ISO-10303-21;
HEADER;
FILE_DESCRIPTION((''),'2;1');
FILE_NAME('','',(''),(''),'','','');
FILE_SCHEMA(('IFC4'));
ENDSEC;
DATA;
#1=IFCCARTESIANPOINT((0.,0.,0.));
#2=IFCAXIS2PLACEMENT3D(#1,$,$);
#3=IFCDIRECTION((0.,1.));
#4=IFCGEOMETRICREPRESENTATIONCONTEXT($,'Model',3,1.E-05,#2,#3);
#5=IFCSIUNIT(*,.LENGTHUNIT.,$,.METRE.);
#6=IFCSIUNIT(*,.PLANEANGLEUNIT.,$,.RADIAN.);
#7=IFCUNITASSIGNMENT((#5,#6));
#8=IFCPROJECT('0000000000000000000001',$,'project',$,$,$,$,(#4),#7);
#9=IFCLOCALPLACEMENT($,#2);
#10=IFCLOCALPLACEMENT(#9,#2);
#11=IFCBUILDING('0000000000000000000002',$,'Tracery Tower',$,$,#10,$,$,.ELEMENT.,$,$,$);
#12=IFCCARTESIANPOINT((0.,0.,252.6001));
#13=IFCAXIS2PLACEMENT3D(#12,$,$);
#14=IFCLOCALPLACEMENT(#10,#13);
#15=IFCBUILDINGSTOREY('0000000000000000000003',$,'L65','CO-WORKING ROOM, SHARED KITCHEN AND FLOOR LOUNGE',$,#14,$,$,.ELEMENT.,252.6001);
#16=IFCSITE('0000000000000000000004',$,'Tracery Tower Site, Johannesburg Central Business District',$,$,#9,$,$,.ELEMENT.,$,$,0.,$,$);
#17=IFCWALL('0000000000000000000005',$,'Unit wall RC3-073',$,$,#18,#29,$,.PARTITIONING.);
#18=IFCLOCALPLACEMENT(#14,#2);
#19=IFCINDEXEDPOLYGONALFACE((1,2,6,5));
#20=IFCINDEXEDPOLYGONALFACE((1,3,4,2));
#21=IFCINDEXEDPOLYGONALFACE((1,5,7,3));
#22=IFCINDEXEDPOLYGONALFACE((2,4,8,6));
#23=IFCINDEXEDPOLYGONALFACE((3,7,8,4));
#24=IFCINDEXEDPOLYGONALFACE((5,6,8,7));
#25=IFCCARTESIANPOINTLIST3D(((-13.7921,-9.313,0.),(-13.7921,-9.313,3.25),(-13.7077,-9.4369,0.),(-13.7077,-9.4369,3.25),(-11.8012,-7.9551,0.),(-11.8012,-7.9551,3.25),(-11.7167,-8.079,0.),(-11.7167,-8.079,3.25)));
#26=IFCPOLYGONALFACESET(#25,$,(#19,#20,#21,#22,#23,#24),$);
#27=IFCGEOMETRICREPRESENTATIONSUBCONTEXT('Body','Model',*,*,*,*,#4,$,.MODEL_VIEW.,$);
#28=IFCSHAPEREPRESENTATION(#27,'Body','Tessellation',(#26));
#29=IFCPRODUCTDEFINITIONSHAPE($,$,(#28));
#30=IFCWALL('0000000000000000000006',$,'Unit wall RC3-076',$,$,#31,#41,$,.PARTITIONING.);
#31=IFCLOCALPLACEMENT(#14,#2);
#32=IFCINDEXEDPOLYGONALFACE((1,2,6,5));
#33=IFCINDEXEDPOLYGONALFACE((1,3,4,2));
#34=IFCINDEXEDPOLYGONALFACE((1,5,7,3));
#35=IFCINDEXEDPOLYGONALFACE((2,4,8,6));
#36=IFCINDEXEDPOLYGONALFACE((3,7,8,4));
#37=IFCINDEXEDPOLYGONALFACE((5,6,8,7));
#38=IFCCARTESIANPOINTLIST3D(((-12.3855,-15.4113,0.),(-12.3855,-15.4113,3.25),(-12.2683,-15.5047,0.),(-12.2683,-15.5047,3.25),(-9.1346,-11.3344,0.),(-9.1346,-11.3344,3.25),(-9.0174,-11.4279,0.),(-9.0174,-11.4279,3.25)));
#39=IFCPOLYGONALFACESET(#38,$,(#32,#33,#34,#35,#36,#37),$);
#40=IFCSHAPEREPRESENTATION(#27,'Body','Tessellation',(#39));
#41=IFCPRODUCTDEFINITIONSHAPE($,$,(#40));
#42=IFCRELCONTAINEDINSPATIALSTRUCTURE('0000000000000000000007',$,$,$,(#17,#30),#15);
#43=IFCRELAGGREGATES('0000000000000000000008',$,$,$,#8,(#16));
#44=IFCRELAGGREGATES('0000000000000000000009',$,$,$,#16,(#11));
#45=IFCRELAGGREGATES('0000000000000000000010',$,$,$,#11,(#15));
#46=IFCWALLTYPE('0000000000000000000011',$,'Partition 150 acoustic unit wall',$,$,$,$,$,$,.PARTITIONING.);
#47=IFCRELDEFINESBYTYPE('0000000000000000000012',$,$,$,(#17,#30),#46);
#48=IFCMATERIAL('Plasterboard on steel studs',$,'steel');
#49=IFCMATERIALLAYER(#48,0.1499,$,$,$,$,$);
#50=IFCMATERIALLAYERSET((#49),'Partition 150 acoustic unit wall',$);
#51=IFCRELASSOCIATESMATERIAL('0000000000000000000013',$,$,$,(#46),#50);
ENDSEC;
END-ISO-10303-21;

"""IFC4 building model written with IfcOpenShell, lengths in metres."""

from ifc_helpers import new_model, si_unit, direction, frame, frame_2d, origin, place, context, subcontext, project, spatial, rectangle, extrude, material, layer, layer_set, type_object, element, save


model = new_model("IFC4")

# Units and contexts
model_context = context("Model", 3, precision=1e-05, world=origin(), true_north=direction((0.0, 1.0)))
body_context = subcontext(model_context, "Body", "Model", "MODEL_VIEW")
ifc_project = project(units=[si_unit("LENGTHUNIT", "METRE"), si_unit("PLANEANGLEUNIT", "RADIAN")], contexts=[model_context])

# Site, building, storey
site_placement = place(None, origin())
site = spatial("IfcSite", under=ifc_project, at=site_placement, Name="Tracery Tower Site, Johannesburg Central Business District", CompositionType="ELEMENT", RefElevation=0.0)
building_placement = place(site_placement, origin())
building = spatial("IfcBuilding", under=site, at=building_placement, Name="Tracery Tower", CompositionType="ELEMENT")
storey_placement = place(building_placement, frame((0.0, 0.0, 252.6001)))
storey = spatial("IfcBuildingStorey", under=building, at=storey_placement, Name="L65", Description="CO-WORKING ROOM, SHARED KITCHEN AND FLOOR LOUNGE", CompositionType="ELEMENT", Elevation=252.6001)

# Walls
ifc_material_1 = material(Name="Plasterboard on steel studs", Category="steel")
ifc_layer_1 = layer(ifc_material_1, 0.1499)
ifc_layer_set_1 = layer_set([ifc_layer_1], Name="Partition 150 acoustic unit wall")
wall_type_1 = type_object("IfcWallType", Name="Partition 150 acoustic unit wall", PredefinedType="PARTITIONING", material=ifc_layer_set_1)
wall_1_placement = place(storey_placement, frame((-13.75, -9.375, 0.0), z_axis=(0.0, 0.0, 1.0), x_axis=(0.826144, 0.563459, 0.0)))
element("IfcWall", 1, at=wall_1_placement, inside=storey, type_object=wall_type_1, Name="Unit wall RC3-073", PredefinedType="PARTITIONING", context=body_context, shape_type="SweptSolid", body=[
    extrude(rectangle(XDim=2.4099, YDim=0.1499, at=frame_2d((1.2051, 0.0))), origin(), (0.0, 0.0, 1.0), 3.25),
])
wall_2_placement = place(storey_placement, frame((-12.3269, -15.458, 0.0), z_axis=(0.0, 0.0, 1.0), x_axis=(0.623461, 0.781854, 0.0)))
element("IfcWall", 2, at=wall_2_placement, inside=storey, type_object=wall_type_1, Name="Unit wall RC3-076", PredefinedType="PARTITIONING", context=body_context, shape_type="SweptSolid", body=[
    extrude(rectangle(XDim=5.2144, YDim=0.1499, at=frame_2d((2.6072, 0.0))), origin(), (0.0, 0.0, 1.0), 3.25),
])

save(model, "model.ifc")
